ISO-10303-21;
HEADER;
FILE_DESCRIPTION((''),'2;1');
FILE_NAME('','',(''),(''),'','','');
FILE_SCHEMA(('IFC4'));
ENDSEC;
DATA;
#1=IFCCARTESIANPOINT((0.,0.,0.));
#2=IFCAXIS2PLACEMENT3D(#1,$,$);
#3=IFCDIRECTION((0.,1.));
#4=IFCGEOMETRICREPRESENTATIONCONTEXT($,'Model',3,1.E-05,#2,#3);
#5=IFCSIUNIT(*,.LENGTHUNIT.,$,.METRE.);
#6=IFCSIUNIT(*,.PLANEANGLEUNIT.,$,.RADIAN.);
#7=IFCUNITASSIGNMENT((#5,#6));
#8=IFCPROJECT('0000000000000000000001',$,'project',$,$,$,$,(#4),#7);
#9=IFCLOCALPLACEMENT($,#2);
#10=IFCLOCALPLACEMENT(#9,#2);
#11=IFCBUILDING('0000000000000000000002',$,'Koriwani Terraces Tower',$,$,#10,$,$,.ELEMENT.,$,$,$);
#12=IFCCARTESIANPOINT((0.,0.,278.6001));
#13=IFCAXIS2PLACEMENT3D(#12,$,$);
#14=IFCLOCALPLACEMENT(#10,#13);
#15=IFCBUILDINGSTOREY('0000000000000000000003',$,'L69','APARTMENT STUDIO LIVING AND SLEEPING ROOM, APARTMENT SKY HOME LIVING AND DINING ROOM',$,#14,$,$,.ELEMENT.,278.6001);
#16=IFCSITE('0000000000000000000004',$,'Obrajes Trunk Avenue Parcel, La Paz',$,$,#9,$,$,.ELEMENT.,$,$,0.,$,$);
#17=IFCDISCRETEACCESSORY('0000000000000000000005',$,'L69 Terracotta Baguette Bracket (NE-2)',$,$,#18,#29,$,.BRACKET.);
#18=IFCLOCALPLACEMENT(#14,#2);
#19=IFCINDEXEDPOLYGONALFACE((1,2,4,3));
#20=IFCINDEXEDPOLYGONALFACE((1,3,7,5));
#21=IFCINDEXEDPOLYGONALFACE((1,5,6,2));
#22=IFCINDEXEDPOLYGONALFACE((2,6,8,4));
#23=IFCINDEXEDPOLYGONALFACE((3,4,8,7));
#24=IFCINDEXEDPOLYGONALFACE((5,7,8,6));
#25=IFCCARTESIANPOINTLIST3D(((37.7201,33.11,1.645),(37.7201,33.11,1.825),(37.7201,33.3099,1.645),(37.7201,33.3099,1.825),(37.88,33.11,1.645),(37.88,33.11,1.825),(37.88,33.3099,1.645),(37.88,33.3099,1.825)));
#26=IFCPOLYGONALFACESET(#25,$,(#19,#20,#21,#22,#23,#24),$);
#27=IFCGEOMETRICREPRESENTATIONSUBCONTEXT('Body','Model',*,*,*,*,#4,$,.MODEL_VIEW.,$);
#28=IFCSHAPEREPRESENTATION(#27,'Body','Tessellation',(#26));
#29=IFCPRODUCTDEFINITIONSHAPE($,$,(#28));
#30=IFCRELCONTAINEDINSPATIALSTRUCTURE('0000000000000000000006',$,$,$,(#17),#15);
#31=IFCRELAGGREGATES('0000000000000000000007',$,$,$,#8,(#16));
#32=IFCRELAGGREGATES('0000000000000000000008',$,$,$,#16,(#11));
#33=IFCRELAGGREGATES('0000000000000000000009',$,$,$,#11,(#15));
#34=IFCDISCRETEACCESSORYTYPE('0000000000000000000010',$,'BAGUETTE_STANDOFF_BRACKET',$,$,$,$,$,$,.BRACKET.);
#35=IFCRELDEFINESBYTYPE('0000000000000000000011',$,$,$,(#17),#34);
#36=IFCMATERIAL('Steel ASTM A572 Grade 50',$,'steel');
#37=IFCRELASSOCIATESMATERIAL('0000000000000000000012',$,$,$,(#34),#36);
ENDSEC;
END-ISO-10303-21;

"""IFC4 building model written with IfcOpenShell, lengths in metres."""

from ifc_helpers import new_model, si_unit, direction, frame, origin, origin_2d, place, context, subcontext, project, spatial, rectangle, extrude, material, type_object, element, save


model = new_model("IFC4")

# Units and contexts
model_context = context("Model", 3, precision=1e-05, world=origin(), true_north=direction((0.0, 1.0)))
body_context = subcontext(model_context, "Body", "Model", "MODEL_VIEW")
ifc_project = project(units=[si_unit("LENGTHUNIT", "METRE"), si_unit("PLANEANGLEUNIT", "RADIAN")], contexts=[model_context])

# Site, building, storey
site_placement = place(None, origin())
site = spatial("IfcSite", under=ifc_project, at=site_placement, Name="Obrajes Trunk Avenue Parcel, La Paz", CompositionType="ELEMENT", RefElevation=0.0)
building_placement = place(site_placement, origin())
building = spatial("IfcBuilding", under=site, at=building_placement, Name="Koriwani Terraces Tower", CompositionType="ELEMENT")
storey_placement = place(building_placement, frame((0.0, 0.0, 278.6001)))
storey = spatial("IfcBuildingStorey", under=building, at=storey_placement, Name="L69", Description="APARTMENT STUDIO LIVING AND SLEEPING ROOM, APARTMENT SKY HOME LIVING AND DINING ROOM", CompositionType="ELEMENT", Elevation=278.6001)

# Shared definitions
ifc_material_1 = material(Name="Steel ASTM A572 Grade 50", Category="steel")

# Discrete accessory
discrete_accessory_type = type_object("IfcDiscreteAccessoryType", Name="BAGUETTE_STANDOFF_BRACKET", PredefinedType="BRACKET", material=ifc_material_1)
discrete_accessory_placement = place(storey_placement, frame((37.8, 33.21, 1.645), z_axis=(0.0, 0.0, 1.0), x_axis=(1.0, 0.0, 0.0)))
element("IfcDiscreteAccessory", 1, at=discrete_accessory_placement, inside=storey, type_object=discrete_accessory_type, Name="L69 Terracotta Baguette Bracket (NE-2)", PredefinedType="BRACKET", context=body_context, shape_type="SweptSolid", body=[
    extrude(rectangle(XDim=0.1599, YDim=0.2, at=origin_2d()), origin(), (0.0, 0.0, 1.0), 0.1799),
])

save(model, "model.ifc")
